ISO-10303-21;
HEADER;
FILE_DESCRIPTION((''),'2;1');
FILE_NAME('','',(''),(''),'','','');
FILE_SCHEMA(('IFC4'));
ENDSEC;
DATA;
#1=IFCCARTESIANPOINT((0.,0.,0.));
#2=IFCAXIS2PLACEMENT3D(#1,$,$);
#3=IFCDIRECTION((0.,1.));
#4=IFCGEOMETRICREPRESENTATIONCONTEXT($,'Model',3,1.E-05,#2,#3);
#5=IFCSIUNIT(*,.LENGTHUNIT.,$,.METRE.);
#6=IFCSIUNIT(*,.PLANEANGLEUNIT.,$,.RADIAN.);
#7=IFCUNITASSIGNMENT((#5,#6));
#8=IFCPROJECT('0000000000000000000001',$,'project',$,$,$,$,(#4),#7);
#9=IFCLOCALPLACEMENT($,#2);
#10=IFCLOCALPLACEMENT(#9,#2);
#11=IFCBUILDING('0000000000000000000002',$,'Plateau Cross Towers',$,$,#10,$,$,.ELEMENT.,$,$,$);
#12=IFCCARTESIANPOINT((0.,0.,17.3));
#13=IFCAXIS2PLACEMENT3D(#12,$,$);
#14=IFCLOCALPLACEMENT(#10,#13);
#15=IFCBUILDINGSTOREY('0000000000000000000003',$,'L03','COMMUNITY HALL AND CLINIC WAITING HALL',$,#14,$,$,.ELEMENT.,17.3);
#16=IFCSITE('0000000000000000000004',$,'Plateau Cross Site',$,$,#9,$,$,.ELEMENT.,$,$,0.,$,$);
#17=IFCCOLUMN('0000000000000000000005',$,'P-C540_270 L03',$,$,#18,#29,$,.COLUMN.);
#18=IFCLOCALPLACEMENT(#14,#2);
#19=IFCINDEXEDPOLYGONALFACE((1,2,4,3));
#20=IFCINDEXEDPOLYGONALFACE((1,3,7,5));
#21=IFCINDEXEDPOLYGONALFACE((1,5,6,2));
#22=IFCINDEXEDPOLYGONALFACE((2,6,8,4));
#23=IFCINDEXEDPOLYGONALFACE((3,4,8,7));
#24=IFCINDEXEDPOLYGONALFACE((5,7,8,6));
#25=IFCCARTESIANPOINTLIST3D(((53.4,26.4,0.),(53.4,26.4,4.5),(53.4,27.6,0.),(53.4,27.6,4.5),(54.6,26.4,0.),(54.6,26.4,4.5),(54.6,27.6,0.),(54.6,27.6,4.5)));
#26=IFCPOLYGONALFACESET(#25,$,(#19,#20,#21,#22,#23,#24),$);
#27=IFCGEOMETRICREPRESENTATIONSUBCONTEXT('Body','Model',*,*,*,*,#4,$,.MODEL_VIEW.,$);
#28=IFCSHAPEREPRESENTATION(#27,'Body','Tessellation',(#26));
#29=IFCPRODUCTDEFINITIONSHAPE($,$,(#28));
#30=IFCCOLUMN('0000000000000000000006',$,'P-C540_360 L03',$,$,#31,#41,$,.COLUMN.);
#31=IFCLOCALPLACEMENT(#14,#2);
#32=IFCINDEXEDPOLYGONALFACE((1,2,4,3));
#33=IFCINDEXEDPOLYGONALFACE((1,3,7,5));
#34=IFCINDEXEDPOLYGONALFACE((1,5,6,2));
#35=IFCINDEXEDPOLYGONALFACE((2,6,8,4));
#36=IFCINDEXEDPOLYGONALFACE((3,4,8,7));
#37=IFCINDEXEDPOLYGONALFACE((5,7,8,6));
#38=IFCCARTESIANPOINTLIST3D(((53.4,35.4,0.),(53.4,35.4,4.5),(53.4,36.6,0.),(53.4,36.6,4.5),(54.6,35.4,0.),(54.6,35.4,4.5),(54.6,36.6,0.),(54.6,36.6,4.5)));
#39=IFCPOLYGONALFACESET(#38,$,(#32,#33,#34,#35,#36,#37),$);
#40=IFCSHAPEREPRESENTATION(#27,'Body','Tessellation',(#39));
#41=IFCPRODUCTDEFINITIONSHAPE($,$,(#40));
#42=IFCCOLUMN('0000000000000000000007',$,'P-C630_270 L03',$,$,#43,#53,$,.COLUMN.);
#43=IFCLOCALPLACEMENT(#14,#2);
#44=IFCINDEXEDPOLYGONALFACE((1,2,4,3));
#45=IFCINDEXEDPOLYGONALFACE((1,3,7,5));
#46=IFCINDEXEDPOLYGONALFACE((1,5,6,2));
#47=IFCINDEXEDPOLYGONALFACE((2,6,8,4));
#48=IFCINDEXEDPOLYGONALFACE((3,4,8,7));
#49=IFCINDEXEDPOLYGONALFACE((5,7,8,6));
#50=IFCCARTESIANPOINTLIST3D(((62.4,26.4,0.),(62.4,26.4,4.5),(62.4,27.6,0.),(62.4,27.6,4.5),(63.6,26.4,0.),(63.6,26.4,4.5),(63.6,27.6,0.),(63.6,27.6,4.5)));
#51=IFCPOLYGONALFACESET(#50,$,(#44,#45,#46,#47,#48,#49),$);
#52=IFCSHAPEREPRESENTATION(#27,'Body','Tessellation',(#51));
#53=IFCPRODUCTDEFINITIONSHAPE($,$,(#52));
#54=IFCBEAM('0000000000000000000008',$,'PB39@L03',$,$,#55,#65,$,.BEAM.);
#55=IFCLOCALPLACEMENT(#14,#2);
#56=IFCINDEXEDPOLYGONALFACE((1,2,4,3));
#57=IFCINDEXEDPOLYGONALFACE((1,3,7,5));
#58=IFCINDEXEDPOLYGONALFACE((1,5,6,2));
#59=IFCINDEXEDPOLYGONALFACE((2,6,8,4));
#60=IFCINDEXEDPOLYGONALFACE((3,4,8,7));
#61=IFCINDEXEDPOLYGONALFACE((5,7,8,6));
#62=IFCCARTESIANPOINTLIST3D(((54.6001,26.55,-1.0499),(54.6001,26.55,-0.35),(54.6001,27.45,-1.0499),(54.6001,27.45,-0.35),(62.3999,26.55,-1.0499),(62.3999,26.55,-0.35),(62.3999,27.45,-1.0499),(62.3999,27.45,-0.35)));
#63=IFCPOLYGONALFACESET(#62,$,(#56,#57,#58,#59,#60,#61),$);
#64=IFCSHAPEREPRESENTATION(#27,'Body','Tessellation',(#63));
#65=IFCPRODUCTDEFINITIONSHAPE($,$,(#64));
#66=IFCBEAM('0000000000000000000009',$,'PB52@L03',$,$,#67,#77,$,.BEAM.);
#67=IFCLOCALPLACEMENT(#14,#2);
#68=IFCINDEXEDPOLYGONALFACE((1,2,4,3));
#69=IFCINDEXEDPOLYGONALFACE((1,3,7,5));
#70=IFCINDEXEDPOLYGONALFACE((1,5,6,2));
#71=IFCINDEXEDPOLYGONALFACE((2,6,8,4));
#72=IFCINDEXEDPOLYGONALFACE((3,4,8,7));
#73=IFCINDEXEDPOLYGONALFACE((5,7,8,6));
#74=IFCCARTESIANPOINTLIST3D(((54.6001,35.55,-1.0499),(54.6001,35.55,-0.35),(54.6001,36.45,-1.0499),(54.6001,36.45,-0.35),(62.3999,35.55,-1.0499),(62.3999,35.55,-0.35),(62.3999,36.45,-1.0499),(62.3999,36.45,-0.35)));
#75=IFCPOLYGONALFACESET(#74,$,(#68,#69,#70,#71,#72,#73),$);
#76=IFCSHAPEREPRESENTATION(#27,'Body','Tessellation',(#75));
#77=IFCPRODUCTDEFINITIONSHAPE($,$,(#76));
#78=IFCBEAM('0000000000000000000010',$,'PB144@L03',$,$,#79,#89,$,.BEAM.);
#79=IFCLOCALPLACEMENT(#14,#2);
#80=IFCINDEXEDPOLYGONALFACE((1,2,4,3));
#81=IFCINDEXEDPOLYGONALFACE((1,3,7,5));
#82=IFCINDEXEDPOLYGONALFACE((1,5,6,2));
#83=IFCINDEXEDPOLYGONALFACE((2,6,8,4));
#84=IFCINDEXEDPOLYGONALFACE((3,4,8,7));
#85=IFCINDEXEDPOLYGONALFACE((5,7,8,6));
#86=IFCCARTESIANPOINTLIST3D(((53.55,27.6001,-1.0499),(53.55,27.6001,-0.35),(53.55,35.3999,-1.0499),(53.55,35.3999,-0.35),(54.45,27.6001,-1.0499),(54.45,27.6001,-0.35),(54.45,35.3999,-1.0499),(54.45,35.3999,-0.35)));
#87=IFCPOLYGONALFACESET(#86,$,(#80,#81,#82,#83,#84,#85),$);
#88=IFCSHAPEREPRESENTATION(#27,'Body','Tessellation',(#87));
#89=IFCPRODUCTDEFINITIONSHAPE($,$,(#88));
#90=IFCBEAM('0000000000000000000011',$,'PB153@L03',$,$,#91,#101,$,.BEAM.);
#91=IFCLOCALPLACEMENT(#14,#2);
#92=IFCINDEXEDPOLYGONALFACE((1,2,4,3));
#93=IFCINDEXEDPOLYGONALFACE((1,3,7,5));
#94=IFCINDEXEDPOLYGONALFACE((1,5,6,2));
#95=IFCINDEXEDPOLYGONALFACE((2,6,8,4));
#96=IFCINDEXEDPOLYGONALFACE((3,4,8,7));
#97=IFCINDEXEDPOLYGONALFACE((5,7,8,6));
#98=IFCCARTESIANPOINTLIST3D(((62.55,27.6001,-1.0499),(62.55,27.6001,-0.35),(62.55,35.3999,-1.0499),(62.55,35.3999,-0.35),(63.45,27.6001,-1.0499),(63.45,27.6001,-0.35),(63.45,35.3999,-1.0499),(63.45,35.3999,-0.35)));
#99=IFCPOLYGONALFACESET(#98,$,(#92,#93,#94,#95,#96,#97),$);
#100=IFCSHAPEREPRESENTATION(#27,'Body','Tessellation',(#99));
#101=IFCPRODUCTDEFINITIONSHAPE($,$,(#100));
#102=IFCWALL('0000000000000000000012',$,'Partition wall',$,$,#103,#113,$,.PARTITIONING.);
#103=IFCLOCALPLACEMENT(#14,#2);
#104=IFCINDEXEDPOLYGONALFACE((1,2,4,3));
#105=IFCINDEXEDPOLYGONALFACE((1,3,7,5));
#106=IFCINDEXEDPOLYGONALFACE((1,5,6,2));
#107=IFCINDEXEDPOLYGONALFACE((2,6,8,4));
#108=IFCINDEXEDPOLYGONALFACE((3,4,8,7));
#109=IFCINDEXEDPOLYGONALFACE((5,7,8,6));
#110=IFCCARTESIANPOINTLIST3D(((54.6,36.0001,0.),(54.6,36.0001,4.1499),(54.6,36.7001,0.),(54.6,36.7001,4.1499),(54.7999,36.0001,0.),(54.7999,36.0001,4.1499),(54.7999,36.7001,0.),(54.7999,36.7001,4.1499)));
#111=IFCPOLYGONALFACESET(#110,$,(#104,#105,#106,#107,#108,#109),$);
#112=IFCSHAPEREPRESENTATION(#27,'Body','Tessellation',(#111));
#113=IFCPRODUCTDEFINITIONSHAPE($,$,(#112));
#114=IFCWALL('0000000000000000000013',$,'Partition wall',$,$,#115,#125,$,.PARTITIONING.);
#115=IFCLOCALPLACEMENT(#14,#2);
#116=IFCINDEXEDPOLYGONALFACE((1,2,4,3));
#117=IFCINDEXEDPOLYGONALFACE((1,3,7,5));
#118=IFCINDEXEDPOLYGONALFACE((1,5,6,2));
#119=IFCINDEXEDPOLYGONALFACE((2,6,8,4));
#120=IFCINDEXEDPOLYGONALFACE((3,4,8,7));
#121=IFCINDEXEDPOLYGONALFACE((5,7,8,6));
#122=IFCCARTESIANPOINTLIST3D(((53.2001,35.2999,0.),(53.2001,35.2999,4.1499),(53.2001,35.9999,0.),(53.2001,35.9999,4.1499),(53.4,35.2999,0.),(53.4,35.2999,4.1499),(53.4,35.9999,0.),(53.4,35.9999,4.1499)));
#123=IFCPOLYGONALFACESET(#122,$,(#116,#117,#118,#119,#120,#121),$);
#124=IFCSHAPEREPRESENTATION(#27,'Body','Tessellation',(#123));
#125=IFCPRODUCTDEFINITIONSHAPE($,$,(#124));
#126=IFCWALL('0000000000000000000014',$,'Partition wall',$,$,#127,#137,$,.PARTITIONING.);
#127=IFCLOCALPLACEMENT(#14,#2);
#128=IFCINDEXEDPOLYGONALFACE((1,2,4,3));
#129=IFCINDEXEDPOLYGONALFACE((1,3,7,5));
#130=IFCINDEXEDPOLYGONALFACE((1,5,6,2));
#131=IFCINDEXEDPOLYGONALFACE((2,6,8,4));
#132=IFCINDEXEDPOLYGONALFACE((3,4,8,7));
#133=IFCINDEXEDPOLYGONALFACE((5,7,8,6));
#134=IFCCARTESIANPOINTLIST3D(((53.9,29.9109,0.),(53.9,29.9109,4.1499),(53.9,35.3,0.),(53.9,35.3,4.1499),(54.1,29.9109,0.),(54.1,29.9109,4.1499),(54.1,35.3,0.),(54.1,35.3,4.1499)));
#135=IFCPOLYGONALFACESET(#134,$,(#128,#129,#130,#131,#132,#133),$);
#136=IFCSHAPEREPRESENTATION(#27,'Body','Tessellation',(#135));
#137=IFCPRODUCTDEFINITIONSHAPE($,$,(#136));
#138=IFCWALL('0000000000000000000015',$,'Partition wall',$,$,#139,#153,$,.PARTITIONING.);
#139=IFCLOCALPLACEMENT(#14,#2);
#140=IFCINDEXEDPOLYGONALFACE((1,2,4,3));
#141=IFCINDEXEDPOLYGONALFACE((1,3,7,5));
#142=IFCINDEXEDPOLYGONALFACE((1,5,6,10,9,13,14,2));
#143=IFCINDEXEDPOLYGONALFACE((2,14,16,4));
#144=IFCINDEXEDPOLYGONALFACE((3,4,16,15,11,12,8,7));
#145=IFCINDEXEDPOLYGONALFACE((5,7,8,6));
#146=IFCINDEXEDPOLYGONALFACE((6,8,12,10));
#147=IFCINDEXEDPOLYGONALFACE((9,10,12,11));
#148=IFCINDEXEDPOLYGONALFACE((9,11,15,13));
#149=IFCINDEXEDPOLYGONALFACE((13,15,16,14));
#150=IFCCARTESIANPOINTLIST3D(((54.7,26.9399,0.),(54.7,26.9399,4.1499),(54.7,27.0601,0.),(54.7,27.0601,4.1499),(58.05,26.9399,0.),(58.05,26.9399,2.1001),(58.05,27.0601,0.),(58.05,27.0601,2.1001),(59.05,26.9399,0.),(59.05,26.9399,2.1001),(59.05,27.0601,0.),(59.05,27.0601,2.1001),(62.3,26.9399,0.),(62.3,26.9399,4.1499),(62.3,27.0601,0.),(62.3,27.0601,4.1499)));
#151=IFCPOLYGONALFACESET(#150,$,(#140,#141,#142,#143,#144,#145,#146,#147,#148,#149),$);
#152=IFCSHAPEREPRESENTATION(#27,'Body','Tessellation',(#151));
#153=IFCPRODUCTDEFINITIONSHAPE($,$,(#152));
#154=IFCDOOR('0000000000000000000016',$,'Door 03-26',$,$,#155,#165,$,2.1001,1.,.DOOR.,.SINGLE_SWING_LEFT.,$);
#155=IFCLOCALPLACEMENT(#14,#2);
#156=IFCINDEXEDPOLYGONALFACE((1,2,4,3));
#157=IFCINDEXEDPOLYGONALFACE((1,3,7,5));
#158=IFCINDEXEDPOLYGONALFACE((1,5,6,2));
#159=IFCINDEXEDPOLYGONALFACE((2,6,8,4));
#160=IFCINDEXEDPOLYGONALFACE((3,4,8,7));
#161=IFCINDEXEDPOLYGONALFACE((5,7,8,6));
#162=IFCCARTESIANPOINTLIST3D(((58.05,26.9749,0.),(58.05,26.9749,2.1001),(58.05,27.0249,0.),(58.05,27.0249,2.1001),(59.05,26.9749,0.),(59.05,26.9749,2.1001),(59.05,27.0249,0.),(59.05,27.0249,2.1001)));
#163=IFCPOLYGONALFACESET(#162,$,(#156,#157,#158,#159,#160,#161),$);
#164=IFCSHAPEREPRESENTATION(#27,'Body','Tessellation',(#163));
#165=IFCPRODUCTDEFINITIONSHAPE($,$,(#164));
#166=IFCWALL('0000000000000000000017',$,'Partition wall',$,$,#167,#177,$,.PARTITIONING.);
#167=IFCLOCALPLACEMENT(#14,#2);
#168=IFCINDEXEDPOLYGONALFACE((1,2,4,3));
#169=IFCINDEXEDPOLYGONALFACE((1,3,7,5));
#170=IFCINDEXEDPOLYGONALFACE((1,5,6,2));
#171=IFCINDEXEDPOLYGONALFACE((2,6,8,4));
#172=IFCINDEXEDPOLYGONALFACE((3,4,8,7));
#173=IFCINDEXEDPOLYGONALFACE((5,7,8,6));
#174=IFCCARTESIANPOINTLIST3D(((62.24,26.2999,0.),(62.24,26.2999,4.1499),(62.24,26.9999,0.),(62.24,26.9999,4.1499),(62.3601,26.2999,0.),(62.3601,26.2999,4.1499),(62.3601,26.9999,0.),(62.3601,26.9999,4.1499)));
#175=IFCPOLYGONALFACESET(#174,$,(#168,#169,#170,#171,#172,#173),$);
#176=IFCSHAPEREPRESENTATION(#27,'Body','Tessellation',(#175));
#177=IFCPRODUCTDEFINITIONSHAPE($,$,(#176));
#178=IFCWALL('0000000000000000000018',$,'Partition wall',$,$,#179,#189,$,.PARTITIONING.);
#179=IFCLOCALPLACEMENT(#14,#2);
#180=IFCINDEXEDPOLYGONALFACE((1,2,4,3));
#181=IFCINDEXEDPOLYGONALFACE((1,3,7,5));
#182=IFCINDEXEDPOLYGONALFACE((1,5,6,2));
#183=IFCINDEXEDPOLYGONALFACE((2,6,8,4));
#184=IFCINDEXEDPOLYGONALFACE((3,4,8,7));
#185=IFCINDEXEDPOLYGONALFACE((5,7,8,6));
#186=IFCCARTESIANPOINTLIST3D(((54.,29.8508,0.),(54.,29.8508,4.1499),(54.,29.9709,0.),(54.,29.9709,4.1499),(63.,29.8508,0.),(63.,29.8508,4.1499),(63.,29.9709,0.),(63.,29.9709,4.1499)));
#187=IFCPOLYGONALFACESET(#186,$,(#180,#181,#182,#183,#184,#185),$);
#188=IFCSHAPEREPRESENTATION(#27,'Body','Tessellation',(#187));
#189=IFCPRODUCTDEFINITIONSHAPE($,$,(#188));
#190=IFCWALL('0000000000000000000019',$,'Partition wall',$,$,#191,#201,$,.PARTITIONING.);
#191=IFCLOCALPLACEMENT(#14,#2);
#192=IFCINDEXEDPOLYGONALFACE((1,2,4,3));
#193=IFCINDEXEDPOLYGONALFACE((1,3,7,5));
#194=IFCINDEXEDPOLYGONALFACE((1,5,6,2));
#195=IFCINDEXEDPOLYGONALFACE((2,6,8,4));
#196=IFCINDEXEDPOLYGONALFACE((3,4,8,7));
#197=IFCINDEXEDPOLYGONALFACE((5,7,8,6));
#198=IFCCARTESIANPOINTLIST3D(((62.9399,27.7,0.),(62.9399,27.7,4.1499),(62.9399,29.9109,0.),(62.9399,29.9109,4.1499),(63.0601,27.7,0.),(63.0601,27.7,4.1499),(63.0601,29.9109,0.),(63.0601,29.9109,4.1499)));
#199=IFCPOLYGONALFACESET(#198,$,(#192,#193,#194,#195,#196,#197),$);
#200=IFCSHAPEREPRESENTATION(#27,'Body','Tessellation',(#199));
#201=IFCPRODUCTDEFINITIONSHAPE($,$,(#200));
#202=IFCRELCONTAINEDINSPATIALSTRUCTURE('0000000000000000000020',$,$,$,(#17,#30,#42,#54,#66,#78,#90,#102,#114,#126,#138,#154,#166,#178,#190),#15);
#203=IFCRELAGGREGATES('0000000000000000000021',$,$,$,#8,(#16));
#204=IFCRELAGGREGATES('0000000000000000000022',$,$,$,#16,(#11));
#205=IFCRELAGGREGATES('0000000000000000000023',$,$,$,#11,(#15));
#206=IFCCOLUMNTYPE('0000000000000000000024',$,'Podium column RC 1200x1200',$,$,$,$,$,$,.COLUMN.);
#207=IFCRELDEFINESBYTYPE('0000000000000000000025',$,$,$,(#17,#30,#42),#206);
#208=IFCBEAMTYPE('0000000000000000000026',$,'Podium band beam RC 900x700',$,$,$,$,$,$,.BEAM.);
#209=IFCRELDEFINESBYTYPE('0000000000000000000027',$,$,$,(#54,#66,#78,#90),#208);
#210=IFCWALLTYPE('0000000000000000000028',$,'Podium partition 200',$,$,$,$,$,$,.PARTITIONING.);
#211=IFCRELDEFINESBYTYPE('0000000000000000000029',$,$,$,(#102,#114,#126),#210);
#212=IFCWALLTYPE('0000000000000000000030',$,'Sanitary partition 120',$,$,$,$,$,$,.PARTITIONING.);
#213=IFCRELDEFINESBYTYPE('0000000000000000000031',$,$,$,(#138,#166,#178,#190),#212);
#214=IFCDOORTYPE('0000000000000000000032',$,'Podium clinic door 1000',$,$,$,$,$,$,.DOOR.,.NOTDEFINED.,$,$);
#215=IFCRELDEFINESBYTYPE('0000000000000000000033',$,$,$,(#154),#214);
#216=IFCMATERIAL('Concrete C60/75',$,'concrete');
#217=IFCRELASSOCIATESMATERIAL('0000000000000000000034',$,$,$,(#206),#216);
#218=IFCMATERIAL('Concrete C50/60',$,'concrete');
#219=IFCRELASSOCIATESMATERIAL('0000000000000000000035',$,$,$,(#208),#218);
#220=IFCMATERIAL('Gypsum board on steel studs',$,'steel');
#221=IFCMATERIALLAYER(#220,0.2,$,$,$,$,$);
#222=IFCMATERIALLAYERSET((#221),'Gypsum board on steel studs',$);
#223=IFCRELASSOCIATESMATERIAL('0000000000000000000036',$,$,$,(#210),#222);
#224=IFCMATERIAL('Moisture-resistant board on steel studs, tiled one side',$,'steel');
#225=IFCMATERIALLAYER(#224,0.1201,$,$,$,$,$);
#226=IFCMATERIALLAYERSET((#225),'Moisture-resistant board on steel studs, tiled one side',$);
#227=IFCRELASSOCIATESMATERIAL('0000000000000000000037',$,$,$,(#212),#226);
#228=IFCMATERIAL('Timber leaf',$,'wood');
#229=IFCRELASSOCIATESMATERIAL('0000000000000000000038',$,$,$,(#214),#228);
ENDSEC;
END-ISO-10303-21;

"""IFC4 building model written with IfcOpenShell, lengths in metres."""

from ifc_helpers import new_model, si_unit, direction, frame, frame_2d, origin, origin_2d, place, context, subcontext, project, spatial, rectangle, extrude, material, layer, layer_set, material_profile, profile_set, type_object, element, fill, save


model = new_model("IFC4")

# Units and contexts
model_context = context("Model", 3, precision=1e-05, world=origin(), true_north=direction((0.0, 1.0)))
body_context = subcontext(model_context, "Body", "Model", "MODEL_VIEW")
ifc_project = project(units=[si_unit("LENGTHUNIT", "METRE"), si_unit("PLANEANGLEUNIT", "RADIAN")], contexts=[model_context])

# Site, building, storey
site_placement = place(None, origin())
site = spatial("IfcSite", under=ifc_project, at=site_placement, Name="Plateau Cross Site", CompositionType="ELEMENT", RefElevation=0.0)
building_placement = place(site_placement, origin())
building = spatial("IfcBuilding", under=site, at=building_placement, Name="Plateau Cross Towers", CompositionType="ELEMENT")
storey_placement = place(building_placement, frame((0.0, 0.0, 17.3)))
storey = spatial("IfcBuildingStorey", under=building, at=storey_placement, Name="L03", Description="COMMUNITY HALL AND CLINIC WAITING HALL", CompositionType="ELEMENT", Elevation=17.3)

# Columns
ifc_material_1 = material(Name="Concrete C60/75", Category="concrete")
ifc_material_profile_1 = material_profile(ifc_material_1, rectangle(XDim=1.2, YDim=1.2, at=origin_2d()), Name="RC 1200x1200")
ifc_profile_set_1 = profile_set([ifc_material_profile_1], Name="Concrete C60/75")
column_type = type_object("IfcColumnType", Name="Podium column RC 1200x1200", PredefinedType="COLUMN", material=ifc_profile_set_1)
for number, where, z_axis, x_axis, name in (
    (1, (54.0, 27.0, 0.0), (0.0, 0.0, 1.0), (1.0, 0.0, 0.0), "P-C540_270 L03"),
    (2, (54.0, 36.0, 0.0), (0.0, 0.0, 1.0), (1.0, 0.0, 0.0), "P-C540_360 L03"),
    (3, (63.0, 27.0, 0.0), (0.0, 0.0, 1.0), (1.0, 0.0, 0.0), "P-C630_270 L03"),
):
    element("IfcColumn", number, at=place(storey_placement, frame(where, z_axis=z_axis, x_axis=x_axis)), inside=storey, type_object=column_type, Name=name, PredefinedType="COLUMN", context=body_context, shape_type="SweptSolid", body=[
        extrude(rectangle(XDim=1.2, YDim=1.2, at=origin_2d()), origin(), (0.0, 0.0, 1.0), 4.5),
    ])

# Beams
ifc_material_2 = material(Name="Concrete C50/60", Category="concrete")
ifc_material_profile_2 = material_profile(ifc_material_2, rectangle(XDim=0.8999, YDim=0.7, at=origin_2d()), Name="RC 900x700")
ifc_profile_set_2 = profile_set([ifc_material_profile_2], Name="Concrete C50/60")
beam_type = type_object("IfcBeamType", Name="Podium band beam RC 900x700", PredefinedType="BEAM", material=ifc_profile_set_2)
for number, where, z_axis, x_axis, name in (
    (4, (54.6001, 27.0, -0.7), (1.0, 0.0, 0.0), (0.0, 1.0, 0.0), "PB39@L03"),
    (5, (54.6001, 36.0, -0.7), (1.0, 0.0, 0.0), (0.0, 1.0, 0.0), "PB52@L03"),
    (6, (54.0, 27.6001, -0.7), (0.0, 1.0, 0.0), (-1.0, 0.0, 0.0), "PB144@L03"),
    (7, (63.0, 27.6001, -0.7), (0.0, 1.0, 0.0), (-1.0, 0.0, 0.0), "PB153@L03"),
):
    element("IfcBeam", number, at=place(storey_placement, frame(where, z_axis=z_axis, x_axis=x_axis)), inside=storey, type_object=beam_type, Name=name, PredefinedType="BEAM", context=body_context, shape_type="SweptSolid", body=[
        extrude(rectangle(XDim=0.8999, YDim=0.7, at=origin_2d()), origin(), (0.0, 0.0, 1.0), 7.7998),
    ])

# Walls
ifc_material_3 = material(Name="Gypsum board on steel studs", Category="steel")
ifc_layer_1 = layer(ifc_material_3, 0.2)
ifc_layer_set_1 = layer_set([ifc_layer_1], Name="Gypsum board on steel studs")
wall_type_1 = type_object("IfcWallType", Name="Podium partition 200", PredefinedType="PARTITIONING", material=ifc_layer_set_1)
for number, where, z_axis, x_axis, name in (
    (8, (54.7, 36.0, 0.0), (0.0, 0.0, 1.0), (0.0, 1.0, 0.0), "Partition wall"),
    (9, (53.3, 36.0, 0.0), (0.0, 0.0, 1.0), (0.0, -1.0, 0.0), "Partition wall"),
):
    element("IfcWall", number, at=place(storey_placement, frame(where, z_axis=z_axis, x_axis=x_axis)), inside=storey, type_object=wall_type_1, Name=name, PredefinedType="PARTITIONING", context=body_context, shape_type="SweptSolid", body=[
        extrude(rectangle(XDim=0.7, YDim=0.2, at=frame_2d((0.3501, 0.0))), origin(), (0.0, 0.0, 1.0), 4.1499),
    ])
wall_1_placement = place(storey_placement, frame((54.0, 35.3, 0.0), z_axis=(0.0, 0.0, 1.0), x_axis=(0.0, -1.0, 0.0)))
element("IfcWall", 10, at=wall_1_placement, inside=storey, type_object=wall_type_1, Name="Partition wall", PredefinedType="PARTITIONING", context=body_context, shape_type="SweptSolid", body=[
    extrude(rectangle(XDim=5.3892, YDim=0.2, at=frame_2d((2.6946, 0.0))), origin(), (0.0, 0.0, 1.0), 4.1499),
])

# Wall, opening, door
ifc_material_4 = material(Name="Moisture-resistant board on steel studs, tiled one side", Category="steel")
ifc_layer_2 = layer(ifc_material_4, 0.1201)
ifc_layer_set_2 = layer_set([ifc_layer_2], Name="Moisture-resistant board on steel studs, tiled one side")
wall_type_2 = type_object("IfcWallType", Name="Sanitary partition 120", PredefinedType="PARTITIONING", material=ifc_layer_set_2)
wall_2_placement = place(storey_placement, frame((54.7, 27.0, 0.0), z_axis=(0.0, 0.0, 1.0), x_axis=(1.0, 0.0, 0.0)))
wall_2 = element("IfcWall", 11, at=wall_2_placement, inside=storey, type_object=wall_type_2, Name="Partition wall", PredefinedType="PARTITIONING", context=body_context, shape_type="SweptSolid", body=[
    extrude(rectangle(XDim=7.6001, YDim=0.1201, at=frame_2d((3.8, 0.0))), origin(), (0.0, 0.0, 1.0), 4.1499),
])
opening_placement = place(wall_2_placement, frame((3.3501, 0.0, 0.0)))
opening = element("IfcOpeningElement", 12, at=opening_placement, cuts=wall_2, PredefinedType="OPENING", context=body_context, shape_type="SweptSolid", body=[
    extrude(rectangle(XDim=1.0, YDim=2.1001, at=frame_2d((0.5, 1.05))), frame((0.0, 0.0701, 0.0), z_axis=(0.0, -1.0, 0.0), x_axis=(1.0, 0.0, 0.0)), (0.0, 0.0, 1.0), 0.1401),
])
ifc_material_5 = material(Name="Timber leaf", Category="wood")
door_type = type_object("IfcDoorType", Name="Podium clinic door 1000", OperationType="NOTDEFINED", PredefinedType="DOOR", material=ifc_material_5)
door_placement = place(opening_placement, origin())
door = element("IfcDoor", 13, at=door_placement, inside=storey, type_object=door_type, Name="Door 03-26", OperationType="SINGLE_SWING_LEFT", OverallHeight=2.1001, OverallWidth=1.0, PredefinedType="DOOR", context=body_context, shape_type="SweptSolid", body=[
    extrude(rectangle(XDim=1.0, YDim=2.1001, at=frame_2d((0.5, 1.05))), frame((0.0, 0.0249, 0.0), z_axis=(0.0, -1.0, 0.0), x_axis=(1.0, 0.0, 0.0)), (0.0, 0.0, 1.0), 0.05),
])
fill(opening, door)

# Walls
wall_3_placement = place(storey_placement, frame((62.3, 27.0, 0.0), z_axis=(0.0, 0.0, 1.0), x_axis=(0.0, -1.0, 0.0)))
element("IfcWall", 14, at=wall_3_placement, inside=storey, type_object=wall_type_2, Name="Partition wall", PredefinedType="PARTITIONING", context=body_context, shape_type="SweptSolid", body=[
    extrude(rectangle(XDim=0.7, YDim=0.1201, at=frame_2d((0.3501, 0.0))), origin(), (0.0, 0.0, 1.0), 4.1499),
])
wall_4_placement = place(storey_placement, frame((54.0, 29.9109, 0.0), z_axis=(0.0, 0.0, 1.0), x_axis=(1.0, 0.0, 0.0)))
element("IfcWall", 15, at=wall_4_placement, inside=storey, type_object=wall_type_2, Name="Partition wall", PredefinedType="PARTITIONING", context=body_context, shape_type="SweptSolid", body=[
    extrude(rectangle(XDim=9.0, YDim=0.1201, at=frame_2d((4.5, 0.0))), origin(), (0.0, 0.0, 1.0), 4.1499),
])
wall_5_placement = place(storey_placement, frame((63.0, 29.9109, 0.0), z_axis=(0.0, 0.0, 1.0), x_axis=(0.0, -1.0, 0.0)))
element("IfcWall", 16, at=wall_5_placement, inside=storey, type_object=wall_type_2, Name="Partition wall", PredefinedType="PARTITIONING", context=body_context, shape_type="SweptSolid", body=[
    extrude(rectangle(XDim=2.2109, YDim=0.1201, at=frame_2d((1.1055, 0.0))), origin(), (0.0, 0.0, 1.0), 4.1499),
])

save(model, "model.ifc")
